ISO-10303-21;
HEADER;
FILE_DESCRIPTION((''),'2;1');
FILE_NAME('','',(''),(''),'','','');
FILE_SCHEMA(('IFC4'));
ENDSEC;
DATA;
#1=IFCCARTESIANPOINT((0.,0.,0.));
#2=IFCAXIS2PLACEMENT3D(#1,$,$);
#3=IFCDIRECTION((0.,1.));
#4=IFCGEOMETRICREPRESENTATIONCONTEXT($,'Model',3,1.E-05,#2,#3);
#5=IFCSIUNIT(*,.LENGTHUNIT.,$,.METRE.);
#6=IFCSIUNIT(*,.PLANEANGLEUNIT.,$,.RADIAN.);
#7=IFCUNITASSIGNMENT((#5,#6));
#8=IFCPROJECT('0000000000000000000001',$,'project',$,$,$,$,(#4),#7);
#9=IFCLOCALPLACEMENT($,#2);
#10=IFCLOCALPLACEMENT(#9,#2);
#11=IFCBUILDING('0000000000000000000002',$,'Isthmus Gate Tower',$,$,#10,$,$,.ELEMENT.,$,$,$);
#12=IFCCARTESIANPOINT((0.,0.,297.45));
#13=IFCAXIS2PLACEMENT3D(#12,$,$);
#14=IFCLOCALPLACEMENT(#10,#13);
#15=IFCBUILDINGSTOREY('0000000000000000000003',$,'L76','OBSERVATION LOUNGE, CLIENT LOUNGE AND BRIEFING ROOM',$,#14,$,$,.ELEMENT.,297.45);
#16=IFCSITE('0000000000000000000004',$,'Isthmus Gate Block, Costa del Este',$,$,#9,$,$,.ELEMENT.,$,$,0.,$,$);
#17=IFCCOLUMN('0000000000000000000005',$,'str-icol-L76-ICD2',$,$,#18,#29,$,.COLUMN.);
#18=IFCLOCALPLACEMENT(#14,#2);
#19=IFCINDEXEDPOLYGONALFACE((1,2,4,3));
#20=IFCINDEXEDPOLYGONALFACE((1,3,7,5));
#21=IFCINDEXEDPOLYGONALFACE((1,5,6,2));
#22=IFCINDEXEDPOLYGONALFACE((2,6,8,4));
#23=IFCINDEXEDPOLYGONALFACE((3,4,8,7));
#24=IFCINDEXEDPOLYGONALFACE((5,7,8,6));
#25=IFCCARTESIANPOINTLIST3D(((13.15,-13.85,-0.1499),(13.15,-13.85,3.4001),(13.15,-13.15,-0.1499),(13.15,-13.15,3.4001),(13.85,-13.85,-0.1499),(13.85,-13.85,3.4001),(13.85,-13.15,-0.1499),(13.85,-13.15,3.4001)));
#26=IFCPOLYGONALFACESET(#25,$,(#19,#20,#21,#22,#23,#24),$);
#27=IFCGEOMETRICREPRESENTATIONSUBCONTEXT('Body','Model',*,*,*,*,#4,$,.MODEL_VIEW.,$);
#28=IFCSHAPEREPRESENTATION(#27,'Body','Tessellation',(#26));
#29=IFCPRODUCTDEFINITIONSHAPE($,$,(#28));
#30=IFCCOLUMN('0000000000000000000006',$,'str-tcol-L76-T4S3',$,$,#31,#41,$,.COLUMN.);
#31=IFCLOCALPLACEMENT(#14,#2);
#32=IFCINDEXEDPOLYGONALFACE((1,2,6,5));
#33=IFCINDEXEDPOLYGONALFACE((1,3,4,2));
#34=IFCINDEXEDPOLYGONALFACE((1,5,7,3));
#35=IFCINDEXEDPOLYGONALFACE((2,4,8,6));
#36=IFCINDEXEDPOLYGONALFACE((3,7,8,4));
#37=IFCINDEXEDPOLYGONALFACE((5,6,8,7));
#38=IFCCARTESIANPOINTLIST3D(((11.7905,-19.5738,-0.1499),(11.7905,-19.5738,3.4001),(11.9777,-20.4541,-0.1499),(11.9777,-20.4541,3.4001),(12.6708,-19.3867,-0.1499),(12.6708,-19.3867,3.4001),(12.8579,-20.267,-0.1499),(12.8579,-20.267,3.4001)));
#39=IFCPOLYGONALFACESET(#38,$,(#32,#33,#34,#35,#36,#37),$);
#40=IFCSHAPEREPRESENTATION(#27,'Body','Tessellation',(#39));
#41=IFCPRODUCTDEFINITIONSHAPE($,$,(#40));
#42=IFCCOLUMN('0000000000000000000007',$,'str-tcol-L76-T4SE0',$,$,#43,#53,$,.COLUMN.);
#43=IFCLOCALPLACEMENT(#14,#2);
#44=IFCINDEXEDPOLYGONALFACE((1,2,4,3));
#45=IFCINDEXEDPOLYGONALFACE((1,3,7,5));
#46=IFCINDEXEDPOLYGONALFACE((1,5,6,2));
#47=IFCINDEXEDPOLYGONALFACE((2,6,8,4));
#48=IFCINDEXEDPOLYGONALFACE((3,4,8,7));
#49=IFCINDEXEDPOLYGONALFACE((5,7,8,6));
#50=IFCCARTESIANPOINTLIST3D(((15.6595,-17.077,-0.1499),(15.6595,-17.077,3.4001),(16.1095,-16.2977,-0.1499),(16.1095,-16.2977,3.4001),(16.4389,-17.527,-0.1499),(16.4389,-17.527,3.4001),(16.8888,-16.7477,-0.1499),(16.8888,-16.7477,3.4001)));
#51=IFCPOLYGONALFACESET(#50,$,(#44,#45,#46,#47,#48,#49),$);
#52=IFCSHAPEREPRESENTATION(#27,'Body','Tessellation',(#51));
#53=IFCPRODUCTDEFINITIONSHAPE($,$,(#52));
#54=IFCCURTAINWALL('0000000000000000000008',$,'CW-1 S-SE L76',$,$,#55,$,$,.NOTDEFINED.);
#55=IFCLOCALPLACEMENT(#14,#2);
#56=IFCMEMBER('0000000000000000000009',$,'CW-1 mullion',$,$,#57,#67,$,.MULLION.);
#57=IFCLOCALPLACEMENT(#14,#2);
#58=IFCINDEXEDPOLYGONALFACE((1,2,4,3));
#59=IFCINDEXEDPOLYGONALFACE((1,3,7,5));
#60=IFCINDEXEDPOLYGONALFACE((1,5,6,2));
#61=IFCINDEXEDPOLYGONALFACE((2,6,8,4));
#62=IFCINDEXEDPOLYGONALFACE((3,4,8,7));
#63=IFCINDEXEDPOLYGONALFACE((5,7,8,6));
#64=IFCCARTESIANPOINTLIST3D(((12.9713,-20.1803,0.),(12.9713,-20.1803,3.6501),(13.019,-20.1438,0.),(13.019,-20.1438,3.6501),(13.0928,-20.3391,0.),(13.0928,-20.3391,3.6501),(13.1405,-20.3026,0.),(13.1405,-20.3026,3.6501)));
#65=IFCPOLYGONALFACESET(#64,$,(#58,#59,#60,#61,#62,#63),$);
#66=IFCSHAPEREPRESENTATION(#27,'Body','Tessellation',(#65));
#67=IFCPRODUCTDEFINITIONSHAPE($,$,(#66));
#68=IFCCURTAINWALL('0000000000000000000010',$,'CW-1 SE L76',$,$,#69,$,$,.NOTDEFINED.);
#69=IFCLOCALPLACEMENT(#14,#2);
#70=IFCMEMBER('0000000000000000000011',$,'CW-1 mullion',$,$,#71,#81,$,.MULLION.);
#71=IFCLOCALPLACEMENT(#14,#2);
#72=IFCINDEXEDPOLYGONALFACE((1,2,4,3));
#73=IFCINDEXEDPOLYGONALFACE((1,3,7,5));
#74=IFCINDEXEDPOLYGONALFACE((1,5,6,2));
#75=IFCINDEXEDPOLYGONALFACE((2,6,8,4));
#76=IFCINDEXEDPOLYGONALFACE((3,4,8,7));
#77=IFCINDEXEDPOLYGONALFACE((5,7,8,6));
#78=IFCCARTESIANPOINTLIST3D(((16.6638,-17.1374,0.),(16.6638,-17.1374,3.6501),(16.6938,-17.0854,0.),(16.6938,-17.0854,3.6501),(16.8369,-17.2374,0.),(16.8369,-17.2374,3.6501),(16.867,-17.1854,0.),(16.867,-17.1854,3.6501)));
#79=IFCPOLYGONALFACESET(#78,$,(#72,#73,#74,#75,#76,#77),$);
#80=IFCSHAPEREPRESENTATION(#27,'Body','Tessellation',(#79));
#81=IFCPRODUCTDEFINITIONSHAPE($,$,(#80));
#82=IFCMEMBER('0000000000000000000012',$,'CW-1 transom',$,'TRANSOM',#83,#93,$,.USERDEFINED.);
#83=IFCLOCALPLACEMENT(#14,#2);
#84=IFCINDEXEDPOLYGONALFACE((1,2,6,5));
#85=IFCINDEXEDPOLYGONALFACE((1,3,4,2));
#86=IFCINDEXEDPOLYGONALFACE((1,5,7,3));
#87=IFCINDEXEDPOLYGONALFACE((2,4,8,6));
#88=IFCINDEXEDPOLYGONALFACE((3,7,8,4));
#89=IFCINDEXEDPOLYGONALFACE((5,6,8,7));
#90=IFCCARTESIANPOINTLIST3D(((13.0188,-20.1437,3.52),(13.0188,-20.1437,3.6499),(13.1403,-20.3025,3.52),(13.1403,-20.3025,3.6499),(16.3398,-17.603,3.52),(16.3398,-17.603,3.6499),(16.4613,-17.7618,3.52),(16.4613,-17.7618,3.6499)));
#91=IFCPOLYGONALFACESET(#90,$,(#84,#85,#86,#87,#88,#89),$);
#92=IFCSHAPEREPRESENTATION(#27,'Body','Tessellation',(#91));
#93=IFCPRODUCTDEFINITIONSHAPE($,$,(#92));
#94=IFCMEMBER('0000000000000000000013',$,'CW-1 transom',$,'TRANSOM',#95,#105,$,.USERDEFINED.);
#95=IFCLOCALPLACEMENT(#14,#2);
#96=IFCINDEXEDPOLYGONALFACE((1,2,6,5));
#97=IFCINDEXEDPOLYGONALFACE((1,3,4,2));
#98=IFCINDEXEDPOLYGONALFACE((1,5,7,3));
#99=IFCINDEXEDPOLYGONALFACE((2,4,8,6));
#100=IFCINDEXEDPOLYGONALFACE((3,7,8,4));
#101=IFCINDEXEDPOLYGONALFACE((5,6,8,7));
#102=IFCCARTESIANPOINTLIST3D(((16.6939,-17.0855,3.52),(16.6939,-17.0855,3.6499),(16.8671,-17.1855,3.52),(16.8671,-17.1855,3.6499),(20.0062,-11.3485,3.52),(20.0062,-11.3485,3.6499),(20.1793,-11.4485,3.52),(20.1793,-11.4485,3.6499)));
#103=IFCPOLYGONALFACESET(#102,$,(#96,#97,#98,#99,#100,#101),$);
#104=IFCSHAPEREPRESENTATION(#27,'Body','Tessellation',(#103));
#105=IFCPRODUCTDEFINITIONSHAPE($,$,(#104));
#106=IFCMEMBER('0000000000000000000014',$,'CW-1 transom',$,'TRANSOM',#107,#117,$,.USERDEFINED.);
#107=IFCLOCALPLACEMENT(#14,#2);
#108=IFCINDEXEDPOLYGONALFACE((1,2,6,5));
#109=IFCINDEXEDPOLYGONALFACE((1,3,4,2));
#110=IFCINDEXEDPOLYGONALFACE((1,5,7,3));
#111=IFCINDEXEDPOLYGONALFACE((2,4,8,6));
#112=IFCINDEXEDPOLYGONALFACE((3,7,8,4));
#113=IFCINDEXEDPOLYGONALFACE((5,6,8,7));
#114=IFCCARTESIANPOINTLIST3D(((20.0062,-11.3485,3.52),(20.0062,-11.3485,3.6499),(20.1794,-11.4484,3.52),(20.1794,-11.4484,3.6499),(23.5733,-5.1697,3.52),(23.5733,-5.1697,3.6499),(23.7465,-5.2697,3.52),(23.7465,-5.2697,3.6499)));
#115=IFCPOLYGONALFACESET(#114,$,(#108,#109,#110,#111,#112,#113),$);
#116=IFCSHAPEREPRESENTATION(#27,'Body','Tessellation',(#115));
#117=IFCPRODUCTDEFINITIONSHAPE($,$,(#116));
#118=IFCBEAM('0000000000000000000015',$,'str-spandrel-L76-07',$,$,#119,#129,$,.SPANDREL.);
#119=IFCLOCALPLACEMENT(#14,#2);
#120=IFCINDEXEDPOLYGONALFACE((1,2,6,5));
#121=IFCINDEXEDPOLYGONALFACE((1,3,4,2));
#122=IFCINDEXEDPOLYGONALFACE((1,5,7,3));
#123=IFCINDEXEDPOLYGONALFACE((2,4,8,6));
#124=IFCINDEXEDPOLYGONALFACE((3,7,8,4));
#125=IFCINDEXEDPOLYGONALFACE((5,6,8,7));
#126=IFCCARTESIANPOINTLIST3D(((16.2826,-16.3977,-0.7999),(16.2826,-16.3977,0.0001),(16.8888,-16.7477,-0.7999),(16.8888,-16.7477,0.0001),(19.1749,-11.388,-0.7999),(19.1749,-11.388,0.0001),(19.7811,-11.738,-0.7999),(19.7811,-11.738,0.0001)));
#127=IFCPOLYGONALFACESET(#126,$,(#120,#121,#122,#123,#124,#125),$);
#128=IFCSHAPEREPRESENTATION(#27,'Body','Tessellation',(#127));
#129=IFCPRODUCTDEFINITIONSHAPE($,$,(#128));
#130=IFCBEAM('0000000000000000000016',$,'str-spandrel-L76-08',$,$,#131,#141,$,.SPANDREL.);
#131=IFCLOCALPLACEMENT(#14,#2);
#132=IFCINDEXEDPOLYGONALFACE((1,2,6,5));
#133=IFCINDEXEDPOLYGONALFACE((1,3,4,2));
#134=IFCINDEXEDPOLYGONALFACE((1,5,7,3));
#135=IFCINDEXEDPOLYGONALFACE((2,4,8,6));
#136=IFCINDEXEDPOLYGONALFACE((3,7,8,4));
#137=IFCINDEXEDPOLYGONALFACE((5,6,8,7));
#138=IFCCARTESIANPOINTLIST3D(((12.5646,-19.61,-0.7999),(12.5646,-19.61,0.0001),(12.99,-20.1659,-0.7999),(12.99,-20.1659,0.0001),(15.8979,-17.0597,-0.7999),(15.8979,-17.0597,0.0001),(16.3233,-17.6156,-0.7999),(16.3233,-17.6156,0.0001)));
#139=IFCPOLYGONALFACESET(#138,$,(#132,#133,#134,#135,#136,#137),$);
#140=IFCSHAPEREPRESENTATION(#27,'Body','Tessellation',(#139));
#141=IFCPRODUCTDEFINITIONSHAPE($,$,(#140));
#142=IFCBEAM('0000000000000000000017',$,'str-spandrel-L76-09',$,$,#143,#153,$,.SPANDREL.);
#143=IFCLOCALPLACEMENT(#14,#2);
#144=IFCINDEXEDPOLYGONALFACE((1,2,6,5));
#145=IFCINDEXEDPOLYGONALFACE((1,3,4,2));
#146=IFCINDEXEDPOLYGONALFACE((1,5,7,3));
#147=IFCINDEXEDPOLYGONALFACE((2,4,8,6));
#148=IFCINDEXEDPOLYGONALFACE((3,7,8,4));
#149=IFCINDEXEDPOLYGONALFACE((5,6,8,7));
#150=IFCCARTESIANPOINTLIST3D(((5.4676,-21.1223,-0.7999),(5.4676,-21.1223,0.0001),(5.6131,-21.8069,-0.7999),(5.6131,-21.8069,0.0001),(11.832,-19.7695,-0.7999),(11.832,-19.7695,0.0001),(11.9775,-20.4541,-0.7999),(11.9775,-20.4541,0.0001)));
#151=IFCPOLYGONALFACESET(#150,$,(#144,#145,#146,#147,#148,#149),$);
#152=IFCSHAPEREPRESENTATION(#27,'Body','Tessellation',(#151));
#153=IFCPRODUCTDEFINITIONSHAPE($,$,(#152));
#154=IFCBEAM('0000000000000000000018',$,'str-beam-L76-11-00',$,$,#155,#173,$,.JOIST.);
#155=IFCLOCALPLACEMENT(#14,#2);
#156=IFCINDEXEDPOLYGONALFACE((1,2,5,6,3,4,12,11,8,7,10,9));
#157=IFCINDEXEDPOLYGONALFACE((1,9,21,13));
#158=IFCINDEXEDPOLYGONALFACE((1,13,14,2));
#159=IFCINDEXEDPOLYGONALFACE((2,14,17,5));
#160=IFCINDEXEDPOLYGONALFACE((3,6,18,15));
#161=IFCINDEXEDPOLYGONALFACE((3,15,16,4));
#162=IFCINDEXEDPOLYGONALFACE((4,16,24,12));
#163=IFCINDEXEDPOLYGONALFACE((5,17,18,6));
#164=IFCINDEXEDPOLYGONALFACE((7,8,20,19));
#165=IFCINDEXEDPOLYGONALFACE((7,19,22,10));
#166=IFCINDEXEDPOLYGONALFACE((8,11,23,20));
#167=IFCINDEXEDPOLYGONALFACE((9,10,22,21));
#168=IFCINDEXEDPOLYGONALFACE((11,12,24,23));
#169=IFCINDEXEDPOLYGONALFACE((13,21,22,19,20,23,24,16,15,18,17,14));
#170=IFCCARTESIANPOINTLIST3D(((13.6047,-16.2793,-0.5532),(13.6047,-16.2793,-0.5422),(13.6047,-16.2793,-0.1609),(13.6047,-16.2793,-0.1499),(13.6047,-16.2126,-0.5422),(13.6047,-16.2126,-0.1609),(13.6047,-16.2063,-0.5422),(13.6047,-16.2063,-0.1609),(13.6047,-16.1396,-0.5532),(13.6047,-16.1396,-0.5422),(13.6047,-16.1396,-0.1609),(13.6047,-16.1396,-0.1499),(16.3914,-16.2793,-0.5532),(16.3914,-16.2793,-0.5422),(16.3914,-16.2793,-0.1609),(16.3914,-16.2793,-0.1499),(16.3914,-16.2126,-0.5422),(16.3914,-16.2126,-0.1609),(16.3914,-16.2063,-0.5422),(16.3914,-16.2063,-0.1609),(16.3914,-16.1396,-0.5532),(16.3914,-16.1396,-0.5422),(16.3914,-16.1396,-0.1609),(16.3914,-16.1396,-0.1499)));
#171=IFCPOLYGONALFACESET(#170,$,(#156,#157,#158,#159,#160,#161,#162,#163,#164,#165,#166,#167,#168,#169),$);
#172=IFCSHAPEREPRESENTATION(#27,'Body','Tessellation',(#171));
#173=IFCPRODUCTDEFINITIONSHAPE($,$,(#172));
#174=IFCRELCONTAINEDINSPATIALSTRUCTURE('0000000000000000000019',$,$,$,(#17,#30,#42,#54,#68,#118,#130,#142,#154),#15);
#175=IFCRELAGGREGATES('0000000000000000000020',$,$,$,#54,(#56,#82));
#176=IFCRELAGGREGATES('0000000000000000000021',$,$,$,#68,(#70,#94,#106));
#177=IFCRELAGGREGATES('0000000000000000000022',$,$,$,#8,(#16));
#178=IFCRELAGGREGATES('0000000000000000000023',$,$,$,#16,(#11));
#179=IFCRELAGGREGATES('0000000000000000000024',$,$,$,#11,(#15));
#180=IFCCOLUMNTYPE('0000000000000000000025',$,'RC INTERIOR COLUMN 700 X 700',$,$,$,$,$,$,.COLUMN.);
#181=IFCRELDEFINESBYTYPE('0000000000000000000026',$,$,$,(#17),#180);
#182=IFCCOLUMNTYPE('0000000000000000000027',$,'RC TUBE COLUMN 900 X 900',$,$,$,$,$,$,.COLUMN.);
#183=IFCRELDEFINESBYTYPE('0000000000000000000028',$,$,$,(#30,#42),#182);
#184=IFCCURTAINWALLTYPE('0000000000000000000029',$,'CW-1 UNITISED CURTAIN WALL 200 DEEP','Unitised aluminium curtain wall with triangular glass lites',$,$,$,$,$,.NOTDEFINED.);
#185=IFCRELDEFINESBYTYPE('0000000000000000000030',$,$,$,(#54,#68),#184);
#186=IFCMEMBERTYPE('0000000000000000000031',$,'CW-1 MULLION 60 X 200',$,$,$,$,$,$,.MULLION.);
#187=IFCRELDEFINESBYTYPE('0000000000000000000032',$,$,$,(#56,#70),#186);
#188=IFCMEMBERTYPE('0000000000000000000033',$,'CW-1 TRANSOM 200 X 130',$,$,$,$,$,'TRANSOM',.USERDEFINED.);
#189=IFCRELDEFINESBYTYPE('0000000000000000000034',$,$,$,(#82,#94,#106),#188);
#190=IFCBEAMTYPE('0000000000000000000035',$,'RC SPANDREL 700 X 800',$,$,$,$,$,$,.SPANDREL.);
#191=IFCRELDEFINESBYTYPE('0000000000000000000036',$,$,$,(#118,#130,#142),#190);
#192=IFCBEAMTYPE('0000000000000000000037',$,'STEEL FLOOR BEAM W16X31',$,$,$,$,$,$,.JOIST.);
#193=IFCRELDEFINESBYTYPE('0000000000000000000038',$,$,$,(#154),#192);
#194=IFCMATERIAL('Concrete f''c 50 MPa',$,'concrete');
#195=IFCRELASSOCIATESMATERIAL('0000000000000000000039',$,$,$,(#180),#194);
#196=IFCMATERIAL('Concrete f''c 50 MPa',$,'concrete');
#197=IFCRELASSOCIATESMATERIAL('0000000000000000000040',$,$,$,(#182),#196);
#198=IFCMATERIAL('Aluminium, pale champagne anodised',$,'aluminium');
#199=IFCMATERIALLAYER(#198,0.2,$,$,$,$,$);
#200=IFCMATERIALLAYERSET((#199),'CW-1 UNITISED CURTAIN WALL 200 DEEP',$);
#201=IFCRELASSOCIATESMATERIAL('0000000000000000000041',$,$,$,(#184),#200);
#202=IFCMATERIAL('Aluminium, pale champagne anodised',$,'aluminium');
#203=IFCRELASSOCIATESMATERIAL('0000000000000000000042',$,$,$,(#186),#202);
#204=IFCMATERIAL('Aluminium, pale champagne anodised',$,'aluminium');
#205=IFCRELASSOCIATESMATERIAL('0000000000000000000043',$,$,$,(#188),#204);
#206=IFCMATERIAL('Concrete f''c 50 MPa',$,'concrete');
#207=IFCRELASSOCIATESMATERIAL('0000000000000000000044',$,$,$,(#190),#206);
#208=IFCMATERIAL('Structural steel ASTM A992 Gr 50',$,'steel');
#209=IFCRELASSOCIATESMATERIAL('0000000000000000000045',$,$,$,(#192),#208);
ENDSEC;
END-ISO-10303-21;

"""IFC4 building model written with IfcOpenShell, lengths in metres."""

from ifc_helpers import new_model, si_unit, direction, frame, origin, origin_2d, place, context, subcontext, project, spatial, rectangle, i_section, extrude, material, layer, layer_set, material_profile, profile_set, type_object, element, aggregate, save


model = new_model("IFC4")

# Units and contexts
model_context = context("Model", 3, precision=1e-05, world=origin(), true_north=direction((0.0, 1.0)))
body_context = subcontext(model_context, "Body", "Model", "MODEL_VIEW")
ifc_project = project(units=[si_unit("LENGTHUNIT", "METRE"), si_unit("PLANEANGLEUNIT", "RADIAN")], contexts=[model_context])

# Site, building, storey
site_placement = place(None, origin())
site = spatial("IfcSite", under=ifc_project, at=site_placement, Name="Isthmus Gate Block, Costa del Este", CompositionType="ELEMENT", RefElevation=0.0)
building_placement = place(site_placement, origin())
building = spatial("IfcBuilding", under=site, at=building_placement, Name="Isthmus Gate Tower", CompositionType="ELEMENT")
storey_placement = place(building_placement, frame((0.0, 0.0, 297.45)))
storey = spatial("IfcBuildingStorey", under=building, at=storey_placement, Name="L76", Description="OBSERVATION LOUNGE, CLIENT LOUNGE AND BRIEFING ROOM", CompositionType="ELEMENT", Elevation=297.45)

# Columns
ifc_material_1 = material(Name="Concrete f'c 50 MPa", Category="concrete")
ifc_material_profile_1 = material_profile(ifc_material_1, rectangle(XDim=0.7, YDim=0.7, at=origin_2d()), Name="RC 700X700")
ifc_profile_set_1 = profile_set([ifc_material_profile_1], Name="Concrete f'c 50 MPa")
column_type_1 = type_object("IfcColumnType", Name="RC INTERIOR COLUMN 700 X 700", PredefinedType="COLUMN", material=ifc_profile_set_1)
column_placement = place(storey_placement, frame((13.5, -13.5, -0.1499), z_axis=(0.0, 0.0, 1.0), x_axis=(1.0, 0.0, 0.0)))
element("IfcColumn", 1, at=column_placement, inside=storey, type_object=column_type_1, Name="str-icol-L76-ICD2", PredefinedType="COLUMN", context=body_context, shape_type="SweptSolid", body=[
    extrude(rectangle(XDim=0.7, YDim=0.7, at=origin_2d()), origin(), (0.0, 0.0, 1.0), 3.55),
])
ifc_material_2 = material(Name="Concrete f'c 50 MPa", Category="concrete")
ifc_material_profile_2 = material_profile(ifc_material_2, rectangle(XDim=0.8999, YDim=0.8999, at=origin_2d()), Name="RC 900X900")
ifc_profile_set_2 = profile_set([ifc_material_profile_2], Name="Concrete f'c 50 MPa")
column_type_2 = type_object("IfcColumnType", Name="RC TUBE COLUMN 900 X 900", PredefinedType="COLUMN", material=ifc_profile_set_2)
for number, where, z_axis, x_axis, name in (
    (2, (12.3242, -19.9204, -0.1499), (0.0, 0.0, 1.0), (0.978148, 0.207912, 0.0), "str-tcol-L76-T4S3"),
    (3, (16.2742, -16.9124, -0.1499), (0.0, 0.0, 1.0), (0.5, 0.866025, 0.0), "str-tcol-L76-T4SE0"),
):
    element("IfcColumn", number, at=place(storey_placement, frame(where, z_axis=z_axis, x_axis=x_axis)), inside=storey, type_object=column_type_2, Name=name, PredefinedType="COLUMN", context=body_context, shape_type="SweptSolid", body=[
        extrude(rectangle(XDim=0.8999, YDim=0.8999, at=origin_2d()), origin(), (0.0, 0.0, 1.0), 3.55),
    ])

# Curtain walls, members
ifc_material_3 = material(Name="Aluminium, pale champagne anodised", Category="aluminium")
ifc_layer_1 = layer(ifc_material_3, 0.2)
ifc_layer_set_1 = layer_set([ifc_layer_1], Name="CW-1 UNITISED CURTAIN WALL 200 DEEP")
curtain_wall_type = type_object("IfcCurtainWallType", Name="CW-1 UNITISED CURTAIN WALL 200 DEEP", Description="Unitised aluminium curtain wall with triangular glass lites", PredefinedType="NOTDEFINED", material=ifc_layer_set_1)
curtain_wall_1_placement = place(storey_placement, origin())
curtain_wall_1 = element("IfcCurtainWall", 4, at=curtain_wall_1_placement, inside=storey, type_object=curtain_wall_type, Name="CW-1 S-SE L76", PredefinedType="NOTDEFINED")
ifc_material_4 = material(Name="Aluminium, pale champagne anodised", Category="aluminium")
ifc_material_profile_3 = material_profile(ifc_material_4, rectangle(XDim=0.0601, YDim=0.2, at=origin_2d()), Name="60x200")
ifc_profile_set_3 = profile_set([ifc_material_profile_3], Name="Aluminium, pale champagne anodised")
member_type_1 = type_object("IfcMemberType", Name="CW-1 MULLION 60 X 200", PredefinedType="MULLION", material=ifc_profile_set_3)
member_1_placement = place(storey_placement, frame((13.0559, -20.2415, 0.0), z_axis=(0.0, 0.0, 1.0), x_axis=(0.794189, 0.607671, 0.0)))
member_1 = element("IfcMember", 5, at=member_1_placement, type_object=member_type_1, Name="CW-1 mullion", PredefinedType="MULLION", context=body_context, shape_type="SweptSolid", body=[
    extrude(rectangle(XDim=0.0601, YDim=0.2, at=origin_2d()), origin(), (0.0, 0.0, 1.0), 3.6501),
])
curtain_wall_2_placement = place(storey_placement, origin())
curtain_wall_2 = element("IfcCurtainWall", 6, at=curtain_wall_2_placement, inside=storey, type_object=curtain_wall_type, Name="CW-1 SE L76", PredefinedType="NOTDEFINED")
member_2_placement = place(storey_placement, frame((16.7654, -17.1614, 0.0), z_axis=(0.0, 0.0, 1.0), x_axis=(0.5, 0.866025, 0.0)))
member_2 = element("IfcMember", 7, at=member_2_placement, type_object=member_type_1, Name="CW-1 mullion", PredefinedType="MULLION", context=body_context, shape_type="SweptSolid", body=[
    extrude(rectangle(XDim=0.0601, YDim=0.2, at=origin_2d()), origin(), (0.0, 0.0, 1.0), 3.6501),
])

# Members
ifc_material_5 = material(Name="Aluminium, pale champagne anodised", Category="aluminium")
ifc_material_profile_4 = material_profile(ifc_material_5, rectangle(XDim=0.2, YDim=0.1299, at=origin_2d()), Name="200x130")
ifc_profile_set_4 = profile_set([ifc_material_profile_4], Name="Aluminium, pale champagne anodised")
member_type_2 = type_object("IfcMemberType", Name="CW-1 TRANSOM 200 X 130", ElementType="TRANSOM", PredefinedType="USERDEFINED", material=ifc_profile_set_4)
member_3_placement = place(storey_placement, frame((13.0796, -20.2231, 3.585), z_axis=(0.794225, 0.607623, 0.0), x_axis=(-0.607623, 0.794225, 0.0)))
member_3 = element("IfcMember", 8, at=member_3_placement, type_object=member_type_2, Name="CW-1 transom", ObjectType="TRANSOM", PredefinedType="USERDEFINED", context=body_context, shape_type="SweptSolid", body=[
    extrude(rectangle(XDim=0.2, YDim=0.1299, at=origin_2d()), origin(), (0.0, 0.0, 1.0), 4.1814),
])
member_4_placement = place(storey_placement, frame((16.7805, -17.1355, 3.585), z_axis=(0.499996, 0.866028, 0.0), x_axis=(-0.866028, 0.499996, 0.0)))
member_4 = element("IfcMember", 9, at=member_4_placement, type_object=member_type_2, Name="CW-1 transom", ObjectType="TRANSOM", PredefinedType="USERDEFINED", context=body_context, shape_type="SweptSolid", body=[
    extrude(rectangle(XDim=0.2, YDim=0.1299, at=origin_2d()), origin(), (0.0, 0.0, 1.0), 6.6245),
])
member_5_placement = place(storey_placement, frame((20.0928, -11.3984, 3.585), z_axis=(0.499985, 0.866034, 0.0), x_axis=(-0.866034, 0.499985, 0.0)))
member_5 = element("IfcMember", 10, at=member_5_placement, type_object=member_type_2, Name="CW-1 transom", ObjectType="TRANSOM", PredefinedType="USERDEFINED", context=body_context, shape_type="SweptSolid", body=[
    extrude(rectangle(XDim=0.2, YDim=0.1299, at=origin_2d()), origin(), (0.0, 0.0, 1.0), 7.1345),
])

# Beams
ifc_material_6 = material(Name="Concrete f'c 50 MPa", Category="concrete")
ifc_material_profile_5 = material_profile(ifc_material_6, rectangle(XDim=0.7, YDim=0.8, at=origin_2d()), Name="RC 700X800")
ifc_profile_set_5 = profile_set([ifc_material_profile_5], Name="Concrete f'c 50 MPa")
beam_type_1 = type_object("IfcBeamType", Name="RC SPANDREL 700 X 800", PredefinedType="SPANDREL", material=ifc_profile_set_5)
beam_1_placement = place(storey_placement, frame((19.478, -11.563, -0.3999), z_axis=(-0.499993, -0.86603, 0.0), x_axis=(0.86603, -0.499993, 0.0)))
element("IfcBeam", 11, at=beam_1_placement, inside=storey, type_object=beam_type_1, Name="str-spandrel-L76-07", PredefinedType="SPANDREL", context=body_context, shape_type="SweptSolid", body=[
    extrude(rectangle(XDim=0.7, YDim=0.8, at=origin_2d()), origin(), (0.0, 0.0, 1.0), 5.7847),
])
beam_2_placement = place(storey_placement, frame((16.1106, -17.3376, -0.3999), z_axis=(-0.794204, -0.607651, 0.0), x_axis=(0.607651, -0.794204, 0.0)))
element("IfcBeam", 12, at=beam_2_placement, inside=storey, type_object=beam_type_1, Name="str-spandrel-L76-08", PredefinedType="SPANDREL", context=body_context, shape_type="SweptSolid", body=[
    extrude(rectangle(XDim=0.7, YDim=0.8, at=origin_2d()), origin(), (0.0, 0.0, 1.0), 4.197),
])
beam_3_placement = place(storey_placement, frame((11.9048, -20.1118, -0.3999), z_axis=(-0.978149, -0.207907, 0.0), x_axis=(0.207907, -0.978149, 0.0)))
element("IfcBeam", 13, at=beam_3_placement, inside=storey, type_object=beam_type_1, Name="str-spandrel-L76-09", PredefinedType="SPANDREL", context=body_context, shape_type="SweptSolid", body=[
    extrude(rectangle(XDim=0.7, YDim=0.8, at=origin_2d()), origin(), (0.0, 0.0, 1.0), 6.5066),
])
ifc_material_7 = material(Name="Structural steel ASTM A992 Gr 50", Category="steel")
ifc_material_profile_6 = material_profile(ifc_material_7, i_section(OverallWidth=0.1396, OverallDepth=0.4033, WebThickness=0.0063, FlangeThickness=0.011, at=origin_2d()), Name="W16X31")
ifc_profile_set_6 = profile_set([ifc_material_profile_6], Name="Structural steel ASTM A992 Gr 50")
beam_type_2 = type_object("IfcBeamType", Name="STEEL FLOOR BEAM W16X31", PredefinedType="JOIST", material=ifc_profile_set_6)
beam_4_placement = place(storey_placement, frame((13.6047, -16.2095, -0.3516), z_axis=(1.0, 0.0, 0.0), x_axis=(0.0, 1.0, 0.0)))
element("IfcBeam", 14, at=beam_4_placement, inside=storey, type_object=beam_type_2, Name="str-beam-L76-11-00", PredefinedType="JOIST", context=body_context, shape_type="SweptSolid", body=[
    extrude(i_section(OverallWidth=0.1396, OverallDepth=0.4033, WebThickness=0.0063, FlangeThickness=0.011, at=origin_2d()), origin(), (0.0, 0.0, 1.0), 2.7866),
])

aggregate(curtain_wall_1, [member_1, member_3])
aggregate(curtain_wall_2, [member_2, member_4, member_5])

save(model, "model.ifc")
